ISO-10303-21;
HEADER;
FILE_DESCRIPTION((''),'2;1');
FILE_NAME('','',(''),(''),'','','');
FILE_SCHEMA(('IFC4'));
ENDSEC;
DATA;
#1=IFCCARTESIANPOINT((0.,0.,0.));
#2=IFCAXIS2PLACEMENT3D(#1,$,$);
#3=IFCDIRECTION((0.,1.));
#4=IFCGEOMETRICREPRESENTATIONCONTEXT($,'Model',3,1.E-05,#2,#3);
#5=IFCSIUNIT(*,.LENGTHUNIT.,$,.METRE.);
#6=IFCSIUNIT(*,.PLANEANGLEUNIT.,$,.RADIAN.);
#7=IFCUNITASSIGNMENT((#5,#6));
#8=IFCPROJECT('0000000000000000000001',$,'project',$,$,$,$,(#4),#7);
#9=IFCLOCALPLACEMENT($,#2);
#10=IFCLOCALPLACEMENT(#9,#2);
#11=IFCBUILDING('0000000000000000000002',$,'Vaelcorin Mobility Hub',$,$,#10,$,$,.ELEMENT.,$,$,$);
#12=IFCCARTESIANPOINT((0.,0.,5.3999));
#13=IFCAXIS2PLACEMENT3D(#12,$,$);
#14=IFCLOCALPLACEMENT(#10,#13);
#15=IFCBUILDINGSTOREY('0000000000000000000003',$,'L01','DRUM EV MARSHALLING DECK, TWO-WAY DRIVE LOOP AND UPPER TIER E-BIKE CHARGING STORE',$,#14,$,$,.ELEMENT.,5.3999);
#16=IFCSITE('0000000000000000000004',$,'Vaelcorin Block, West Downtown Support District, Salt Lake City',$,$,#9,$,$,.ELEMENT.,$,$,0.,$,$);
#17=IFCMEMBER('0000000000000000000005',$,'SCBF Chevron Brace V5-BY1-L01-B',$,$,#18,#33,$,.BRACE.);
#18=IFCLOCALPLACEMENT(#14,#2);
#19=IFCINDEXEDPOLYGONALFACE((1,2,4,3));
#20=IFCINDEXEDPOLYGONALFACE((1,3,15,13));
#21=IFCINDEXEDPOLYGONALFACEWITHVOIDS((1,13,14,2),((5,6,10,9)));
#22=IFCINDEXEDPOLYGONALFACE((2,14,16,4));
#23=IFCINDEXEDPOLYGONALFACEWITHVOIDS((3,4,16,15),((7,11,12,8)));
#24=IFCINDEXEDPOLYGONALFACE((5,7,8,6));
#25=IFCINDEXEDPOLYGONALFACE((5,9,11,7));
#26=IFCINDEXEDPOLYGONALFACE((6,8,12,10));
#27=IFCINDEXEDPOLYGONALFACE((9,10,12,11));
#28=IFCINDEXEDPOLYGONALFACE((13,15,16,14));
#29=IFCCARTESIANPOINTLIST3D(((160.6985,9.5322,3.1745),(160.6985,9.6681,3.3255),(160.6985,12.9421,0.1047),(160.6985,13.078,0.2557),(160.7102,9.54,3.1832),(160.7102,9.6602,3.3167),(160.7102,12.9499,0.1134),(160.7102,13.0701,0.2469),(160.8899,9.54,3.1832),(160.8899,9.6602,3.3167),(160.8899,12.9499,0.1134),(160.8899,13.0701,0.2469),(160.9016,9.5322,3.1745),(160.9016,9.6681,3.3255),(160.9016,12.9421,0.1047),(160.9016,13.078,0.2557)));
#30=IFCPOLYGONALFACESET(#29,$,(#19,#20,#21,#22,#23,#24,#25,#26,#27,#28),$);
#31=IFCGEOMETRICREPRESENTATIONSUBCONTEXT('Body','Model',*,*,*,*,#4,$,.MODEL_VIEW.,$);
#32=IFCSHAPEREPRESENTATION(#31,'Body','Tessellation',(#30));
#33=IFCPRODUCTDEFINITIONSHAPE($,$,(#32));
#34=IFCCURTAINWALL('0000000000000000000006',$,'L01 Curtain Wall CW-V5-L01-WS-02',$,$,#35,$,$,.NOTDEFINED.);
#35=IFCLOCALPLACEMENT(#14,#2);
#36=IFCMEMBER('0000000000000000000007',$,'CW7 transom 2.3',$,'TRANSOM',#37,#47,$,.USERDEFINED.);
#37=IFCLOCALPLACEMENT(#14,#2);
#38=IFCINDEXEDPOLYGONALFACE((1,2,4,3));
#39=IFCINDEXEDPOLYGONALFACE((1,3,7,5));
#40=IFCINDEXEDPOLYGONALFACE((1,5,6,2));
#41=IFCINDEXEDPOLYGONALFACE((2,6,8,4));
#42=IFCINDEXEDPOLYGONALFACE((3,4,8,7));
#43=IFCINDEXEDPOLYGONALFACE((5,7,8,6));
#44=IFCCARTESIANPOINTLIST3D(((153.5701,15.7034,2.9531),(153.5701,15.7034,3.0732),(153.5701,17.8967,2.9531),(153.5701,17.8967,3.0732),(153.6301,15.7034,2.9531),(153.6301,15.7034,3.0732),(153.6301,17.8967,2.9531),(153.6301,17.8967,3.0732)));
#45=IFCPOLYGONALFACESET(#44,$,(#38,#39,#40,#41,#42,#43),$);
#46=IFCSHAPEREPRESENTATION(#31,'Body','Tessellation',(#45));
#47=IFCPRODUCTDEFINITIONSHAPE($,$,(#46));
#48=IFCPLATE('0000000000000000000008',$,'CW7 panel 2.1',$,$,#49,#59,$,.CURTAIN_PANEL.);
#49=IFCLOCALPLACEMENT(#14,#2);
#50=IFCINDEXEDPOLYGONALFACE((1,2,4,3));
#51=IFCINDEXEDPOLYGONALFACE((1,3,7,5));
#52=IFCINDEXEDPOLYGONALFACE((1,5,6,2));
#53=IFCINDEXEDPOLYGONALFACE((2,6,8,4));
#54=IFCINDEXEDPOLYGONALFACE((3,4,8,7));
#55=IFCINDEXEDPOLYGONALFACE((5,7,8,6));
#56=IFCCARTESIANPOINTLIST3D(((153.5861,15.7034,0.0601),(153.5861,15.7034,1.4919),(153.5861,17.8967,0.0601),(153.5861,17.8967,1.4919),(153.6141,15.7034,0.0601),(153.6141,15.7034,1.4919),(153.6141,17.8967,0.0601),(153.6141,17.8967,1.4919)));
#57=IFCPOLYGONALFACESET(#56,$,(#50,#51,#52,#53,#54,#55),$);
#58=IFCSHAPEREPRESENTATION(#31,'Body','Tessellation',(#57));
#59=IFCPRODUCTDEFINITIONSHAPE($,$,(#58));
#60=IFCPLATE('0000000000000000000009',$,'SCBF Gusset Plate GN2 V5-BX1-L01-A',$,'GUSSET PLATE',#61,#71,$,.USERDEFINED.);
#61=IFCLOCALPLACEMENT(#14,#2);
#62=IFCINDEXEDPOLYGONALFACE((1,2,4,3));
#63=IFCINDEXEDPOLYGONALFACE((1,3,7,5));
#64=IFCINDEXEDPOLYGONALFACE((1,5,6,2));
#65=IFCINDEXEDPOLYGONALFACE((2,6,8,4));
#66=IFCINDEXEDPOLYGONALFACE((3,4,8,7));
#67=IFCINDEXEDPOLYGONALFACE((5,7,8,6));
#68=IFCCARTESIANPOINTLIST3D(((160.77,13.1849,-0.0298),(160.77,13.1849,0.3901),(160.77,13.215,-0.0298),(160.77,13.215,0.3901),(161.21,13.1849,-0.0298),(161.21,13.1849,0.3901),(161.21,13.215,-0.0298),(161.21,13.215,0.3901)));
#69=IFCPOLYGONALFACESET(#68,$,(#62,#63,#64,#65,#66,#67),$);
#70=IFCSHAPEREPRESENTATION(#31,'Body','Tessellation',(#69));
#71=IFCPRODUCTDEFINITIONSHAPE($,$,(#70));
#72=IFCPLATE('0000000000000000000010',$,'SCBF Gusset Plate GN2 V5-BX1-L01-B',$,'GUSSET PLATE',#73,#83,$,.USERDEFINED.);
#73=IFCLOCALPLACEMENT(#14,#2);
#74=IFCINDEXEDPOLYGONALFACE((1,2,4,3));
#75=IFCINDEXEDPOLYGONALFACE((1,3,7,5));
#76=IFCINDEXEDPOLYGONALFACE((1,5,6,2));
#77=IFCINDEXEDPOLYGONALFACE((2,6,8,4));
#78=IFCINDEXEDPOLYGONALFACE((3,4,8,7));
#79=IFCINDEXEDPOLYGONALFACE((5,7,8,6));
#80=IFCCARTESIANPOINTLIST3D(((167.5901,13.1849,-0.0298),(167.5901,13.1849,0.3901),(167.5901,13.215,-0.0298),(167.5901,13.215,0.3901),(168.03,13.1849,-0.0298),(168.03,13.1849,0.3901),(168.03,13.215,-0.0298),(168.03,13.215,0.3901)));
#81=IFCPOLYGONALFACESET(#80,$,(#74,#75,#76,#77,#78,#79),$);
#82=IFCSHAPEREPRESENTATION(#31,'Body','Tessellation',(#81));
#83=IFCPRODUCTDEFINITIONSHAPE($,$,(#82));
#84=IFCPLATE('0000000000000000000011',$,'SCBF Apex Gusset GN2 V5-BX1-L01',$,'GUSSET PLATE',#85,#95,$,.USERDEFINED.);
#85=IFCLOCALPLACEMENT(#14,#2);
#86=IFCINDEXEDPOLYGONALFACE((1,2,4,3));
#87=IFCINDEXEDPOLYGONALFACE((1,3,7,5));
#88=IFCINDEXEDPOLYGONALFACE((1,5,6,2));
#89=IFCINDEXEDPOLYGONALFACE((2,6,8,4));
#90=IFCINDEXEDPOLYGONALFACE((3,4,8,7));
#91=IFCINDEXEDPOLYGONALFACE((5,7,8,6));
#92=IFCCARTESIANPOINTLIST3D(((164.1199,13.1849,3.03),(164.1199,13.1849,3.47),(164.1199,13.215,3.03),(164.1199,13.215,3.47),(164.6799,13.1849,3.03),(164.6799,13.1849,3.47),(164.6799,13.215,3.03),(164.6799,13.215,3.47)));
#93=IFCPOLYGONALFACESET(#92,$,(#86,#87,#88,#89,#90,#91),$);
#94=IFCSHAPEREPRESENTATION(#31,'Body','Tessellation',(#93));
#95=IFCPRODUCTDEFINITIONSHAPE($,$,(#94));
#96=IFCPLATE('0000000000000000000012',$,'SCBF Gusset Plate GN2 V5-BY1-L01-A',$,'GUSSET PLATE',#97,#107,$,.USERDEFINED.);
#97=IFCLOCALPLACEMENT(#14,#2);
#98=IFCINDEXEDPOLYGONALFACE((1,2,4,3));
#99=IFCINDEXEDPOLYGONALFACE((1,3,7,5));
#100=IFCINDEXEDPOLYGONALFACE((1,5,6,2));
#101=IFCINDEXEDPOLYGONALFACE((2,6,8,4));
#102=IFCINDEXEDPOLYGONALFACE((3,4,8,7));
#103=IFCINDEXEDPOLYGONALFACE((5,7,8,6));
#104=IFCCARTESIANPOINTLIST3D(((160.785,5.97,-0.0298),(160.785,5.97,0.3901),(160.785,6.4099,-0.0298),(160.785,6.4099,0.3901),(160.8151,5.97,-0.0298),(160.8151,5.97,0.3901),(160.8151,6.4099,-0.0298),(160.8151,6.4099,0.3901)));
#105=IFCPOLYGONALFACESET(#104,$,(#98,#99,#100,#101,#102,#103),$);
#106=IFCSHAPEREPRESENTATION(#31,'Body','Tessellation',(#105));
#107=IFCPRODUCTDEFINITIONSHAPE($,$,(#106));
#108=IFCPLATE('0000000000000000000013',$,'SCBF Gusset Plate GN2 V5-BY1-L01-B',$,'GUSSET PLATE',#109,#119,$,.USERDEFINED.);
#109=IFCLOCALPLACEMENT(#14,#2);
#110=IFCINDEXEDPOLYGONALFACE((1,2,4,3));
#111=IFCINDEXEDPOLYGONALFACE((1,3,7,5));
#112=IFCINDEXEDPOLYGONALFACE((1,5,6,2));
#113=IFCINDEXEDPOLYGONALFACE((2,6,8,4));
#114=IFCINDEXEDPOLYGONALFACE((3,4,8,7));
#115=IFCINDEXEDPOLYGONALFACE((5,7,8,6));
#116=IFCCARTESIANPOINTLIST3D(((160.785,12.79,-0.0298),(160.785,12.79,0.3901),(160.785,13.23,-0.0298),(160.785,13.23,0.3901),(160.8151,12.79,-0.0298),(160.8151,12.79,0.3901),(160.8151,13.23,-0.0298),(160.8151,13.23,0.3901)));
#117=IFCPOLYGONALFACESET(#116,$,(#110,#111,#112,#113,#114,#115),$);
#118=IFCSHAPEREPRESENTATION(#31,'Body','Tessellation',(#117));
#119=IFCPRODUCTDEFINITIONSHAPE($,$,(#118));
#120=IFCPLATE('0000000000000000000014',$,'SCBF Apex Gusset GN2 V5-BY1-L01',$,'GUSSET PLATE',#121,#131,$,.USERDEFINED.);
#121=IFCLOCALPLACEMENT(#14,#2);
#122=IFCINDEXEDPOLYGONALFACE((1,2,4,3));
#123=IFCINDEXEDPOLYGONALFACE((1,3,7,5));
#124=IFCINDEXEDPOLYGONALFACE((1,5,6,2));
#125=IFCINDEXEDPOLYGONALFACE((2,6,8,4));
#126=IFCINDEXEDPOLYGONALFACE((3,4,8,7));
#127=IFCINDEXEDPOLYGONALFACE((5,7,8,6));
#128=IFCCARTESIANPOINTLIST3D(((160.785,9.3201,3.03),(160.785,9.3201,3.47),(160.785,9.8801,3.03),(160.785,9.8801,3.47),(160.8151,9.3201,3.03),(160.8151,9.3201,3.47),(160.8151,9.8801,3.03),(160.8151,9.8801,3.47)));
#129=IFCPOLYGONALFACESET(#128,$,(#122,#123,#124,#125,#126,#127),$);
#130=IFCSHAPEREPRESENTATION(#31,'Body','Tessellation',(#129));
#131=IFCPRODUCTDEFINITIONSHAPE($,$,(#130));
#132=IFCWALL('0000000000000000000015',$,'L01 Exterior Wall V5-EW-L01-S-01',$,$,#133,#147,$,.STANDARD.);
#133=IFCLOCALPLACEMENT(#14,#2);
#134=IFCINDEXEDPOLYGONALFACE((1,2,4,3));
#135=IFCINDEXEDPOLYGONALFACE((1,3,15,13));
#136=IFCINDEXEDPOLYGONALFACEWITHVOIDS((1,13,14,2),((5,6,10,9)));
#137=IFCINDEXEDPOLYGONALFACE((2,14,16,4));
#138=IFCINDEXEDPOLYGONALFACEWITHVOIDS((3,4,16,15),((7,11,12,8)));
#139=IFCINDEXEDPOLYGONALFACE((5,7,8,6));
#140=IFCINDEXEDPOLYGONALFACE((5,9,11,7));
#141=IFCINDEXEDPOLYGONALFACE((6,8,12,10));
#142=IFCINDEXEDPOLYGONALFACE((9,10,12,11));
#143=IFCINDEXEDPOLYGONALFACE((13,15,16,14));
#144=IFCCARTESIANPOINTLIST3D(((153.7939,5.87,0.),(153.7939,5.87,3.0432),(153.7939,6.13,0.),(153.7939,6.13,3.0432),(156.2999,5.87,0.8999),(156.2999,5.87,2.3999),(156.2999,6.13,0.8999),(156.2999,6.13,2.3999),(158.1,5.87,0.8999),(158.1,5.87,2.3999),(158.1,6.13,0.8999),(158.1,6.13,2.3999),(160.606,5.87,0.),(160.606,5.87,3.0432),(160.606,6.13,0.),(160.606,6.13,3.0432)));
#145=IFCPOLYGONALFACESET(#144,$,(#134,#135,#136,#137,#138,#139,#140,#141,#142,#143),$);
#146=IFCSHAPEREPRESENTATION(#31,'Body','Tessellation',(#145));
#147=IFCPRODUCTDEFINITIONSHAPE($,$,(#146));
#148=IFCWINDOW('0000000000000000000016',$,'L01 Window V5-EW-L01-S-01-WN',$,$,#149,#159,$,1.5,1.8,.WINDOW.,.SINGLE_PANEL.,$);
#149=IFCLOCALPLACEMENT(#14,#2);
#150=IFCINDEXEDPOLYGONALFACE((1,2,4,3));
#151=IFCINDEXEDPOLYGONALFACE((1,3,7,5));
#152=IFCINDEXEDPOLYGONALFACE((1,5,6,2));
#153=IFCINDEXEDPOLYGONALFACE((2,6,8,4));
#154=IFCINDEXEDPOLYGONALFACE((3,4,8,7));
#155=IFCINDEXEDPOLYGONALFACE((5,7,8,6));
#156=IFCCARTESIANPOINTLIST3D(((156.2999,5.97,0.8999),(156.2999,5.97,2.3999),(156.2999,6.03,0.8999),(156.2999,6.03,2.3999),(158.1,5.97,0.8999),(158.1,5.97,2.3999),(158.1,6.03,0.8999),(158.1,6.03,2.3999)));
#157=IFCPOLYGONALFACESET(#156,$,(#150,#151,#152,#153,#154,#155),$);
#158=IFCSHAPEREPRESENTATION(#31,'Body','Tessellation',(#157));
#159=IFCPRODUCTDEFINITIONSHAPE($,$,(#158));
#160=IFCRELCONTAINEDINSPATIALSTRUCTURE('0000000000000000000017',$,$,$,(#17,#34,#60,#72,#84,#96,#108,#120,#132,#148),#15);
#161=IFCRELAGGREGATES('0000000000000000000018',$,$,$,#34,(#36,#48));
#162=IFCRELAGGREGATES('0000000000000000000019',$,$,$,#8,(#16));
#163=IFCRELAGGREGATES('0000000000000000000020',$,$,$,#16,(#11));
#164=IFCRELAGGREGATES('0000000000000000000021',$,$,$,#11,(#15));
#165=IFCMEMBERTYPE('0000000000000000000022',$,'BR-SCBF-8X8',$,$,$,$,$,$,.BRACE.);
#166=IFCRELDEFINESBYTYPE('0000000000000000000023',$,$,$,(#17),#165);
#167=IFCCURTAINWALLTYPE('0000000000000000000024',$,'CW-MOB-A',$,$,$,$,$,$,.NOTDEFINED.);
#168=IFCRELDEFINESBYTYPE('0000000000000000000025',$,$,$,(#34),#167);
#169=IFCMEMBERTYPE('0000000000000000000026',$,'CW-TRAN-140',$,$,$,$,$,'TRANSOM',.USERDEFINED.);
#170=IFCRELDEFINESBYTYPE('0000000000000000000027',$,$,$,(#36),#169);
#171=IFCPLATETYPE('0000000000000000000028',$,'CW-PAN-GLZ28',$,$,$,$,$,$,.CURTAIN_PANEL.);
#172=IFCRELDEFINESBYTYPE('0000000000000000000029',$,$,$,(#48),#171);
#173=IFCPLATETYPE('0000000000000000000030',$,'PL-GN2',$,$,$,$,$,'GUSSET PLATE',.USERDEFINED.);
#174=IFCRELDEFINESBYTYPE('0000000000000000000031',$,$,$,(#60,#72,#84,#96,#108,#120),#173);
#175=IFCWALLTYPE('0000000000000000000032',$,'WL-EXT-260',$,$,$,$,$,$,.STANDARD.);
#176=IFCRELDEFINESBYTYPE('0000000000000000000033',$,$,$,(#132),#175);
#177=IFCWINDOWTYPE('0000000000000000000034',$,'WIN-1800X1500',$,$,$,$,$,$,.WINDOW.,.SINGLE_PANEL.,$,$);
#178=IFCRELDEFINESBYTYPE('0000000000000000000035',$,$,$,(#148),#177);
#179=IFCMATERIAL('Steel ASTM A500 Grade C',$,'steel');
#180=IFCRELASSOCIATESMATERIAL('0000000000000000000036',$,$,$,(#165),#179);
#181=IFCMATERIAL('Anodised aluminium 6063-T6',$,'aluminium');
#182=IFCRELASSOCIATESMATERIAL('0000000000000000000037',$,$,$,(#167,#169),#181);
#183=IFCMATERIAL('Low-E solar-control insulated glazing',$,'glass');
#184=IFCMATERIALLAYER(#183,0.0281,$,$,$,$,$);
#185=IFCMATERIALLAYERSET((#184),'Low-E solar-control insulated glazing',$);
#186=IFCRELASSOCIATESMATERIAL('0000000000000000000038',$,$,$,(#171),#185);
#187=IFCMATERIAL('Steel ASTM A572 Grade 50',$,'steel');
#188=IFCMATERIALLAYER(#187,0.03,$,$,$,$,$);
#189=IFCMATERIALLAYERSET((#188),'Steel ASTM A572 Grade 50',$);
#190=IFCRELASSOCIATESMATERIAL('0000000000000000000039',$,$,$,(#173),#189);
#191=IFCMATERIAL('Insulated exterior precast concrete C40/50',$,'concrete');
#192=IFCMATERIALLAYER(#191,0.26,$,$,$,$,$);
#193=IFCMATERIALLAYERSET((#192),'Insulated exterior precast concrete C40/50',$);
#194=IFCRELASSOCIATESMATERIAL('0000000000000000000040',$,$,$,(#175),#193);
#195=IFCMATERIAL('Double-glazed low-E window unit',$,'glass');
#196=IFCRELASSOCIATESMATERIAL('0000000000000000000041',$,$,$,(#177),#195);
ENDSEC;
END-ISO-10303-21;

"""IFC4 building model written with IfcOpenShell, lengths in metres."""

from ifc_helpers import new_model, si_unit, direction, frame, frame_2d, origin, origin_2d, place, context, subcontext, project, spatial, rectangle, hollow_rectangle, extrude, material, layer, layer_set, material_profile, profile_set, type_object, element, fill, aggregate, save


model = new_model("IFC4")

# Units and contexts
model_context = context("Model", 3, precision=1e-05, world=origin(), true_north=direction((0.0, 1.0)))
body_context = subcontext(model_context, "Body", "Model", "MODEL_VIEW")
ifc_project = project(units=[si_unit("LENGTHUNIT", "METRE"), si_unit("PLANEANGLEUNIT", "RADIAN")], contexts=[model_context])

# Site, building, storey
site_placement = place(None, origin())
site = spatial("IfcSite", under=ifc_project, at=site_placement, Name="Vaelcorin Block, West Downtown Support District, Salt Lake City", CompositionType="ELEMENT", RefElevation=0.0)
building_placement = place(site_placement, origin())
building = spatial("IfcBuilding", under=site, at=building_placement, Name="Vaelcorin Mobility Hub", CompositionType="ELEMENT")
storey_placement = place(building_placement, frame((0.0, 0.0, 5.3999)))
storey = spatial("IfcBuildingStorey", under=building, at=storey_placement, Name="L01", Description="DRUM EV MARSHALLING DECK, TWO-WAY DRIVE LOOP AND UPPER TIER E-BIKE CHARGING STORE", CompositionType="ELEMENT", Elevation=5.3999)

# Member
ifc_material_1 = material(Name="Steel ASTM A500 Grade C", Category="steel")
ifc_material_profile_1 = material_profile(ifc_material_1, hollow_rectangle(XDim=0.2031, YDim=0.2031, WallThickness=0.0117, at=origin_2d()), Name="HSS8X8X0.500")
ifc_profile_set_1 = profile_set([ifc_material_profile_1], Name="Steel ASTM A500 Grade C")
member_type_1 = type_object("IfcMemberType", Name="BR-SCBF-8X8", PredefinedType="BRACE", material=ifc_profile_set_1)
member_1_placement = place(storey_placement, frame((160.8, 13.01, 0.1802), z_axis=(0.0, -0.743196, 0.669073), x_axis=(1.0, 0.0, 0.0)))
element("IfcMember", 1, at=member_1_placement, inside=storey, type_object=member_type_1, Name="SCBF Chevron Brace V5-BY1-L01-B", PredefinedType="BRACE", context=body_context, shape_type="SweptSolid", body=[
    extrude(hollow_rectangle(XDim=0.2031, YDim=0.2031, WallThickness=0.0117, at=origin_2d()), origin(), (0.0, 0.0, 1.0), 4.5881),
])

# Curtain wall, member, plate
ifc_material_2 = material(Name="Anodised aluminium 6063-T6", Category="aluminium")
curtain_wall_type = type_object("IfcCurtainWallType", Name="CW-MOB-A", PredefinedType="NOTDEFINED", material=ifc_material_2)
curtain_wall_placement = place(storey_placement, origin())
curtain_wall = element("IfcCurtainWall", 2, at=curtain_wall_placement, inside=storey, type_object=curtain_wall_type, Name="L01 Curtain Wall CW-V5-L01-WS-02", PredefinedType="NOTDEFINED")
ifc_material_profile_2 = material_profile(ifc_material_2, rectangle(XDim=0.0601, YDim=0.1201, at=origin_2d()), Name="ALU-T60X120")
ifc_profile_set_2 = profile_set([ifc_material_profile_2], Name="Anodised aluminium 6063-T6")
member_type_2 = type_object("IfcMemberType", Name="CW-TRAN-140", ElementType="TRANSOM", PredefinedType="USERDEFINED", material=ifc_profile_set_2)
member_2_placement = place(storey_placement, frame((153.6001, 15.7034, 3.0132), z_axis=(0.0, 1.0, 0.0), x_axis=(-1.0, 0.0, 0.0)))
member_2 = element("IfcMember", 3, at=member_2_placement, type_object=member_type_2, Name="CW7 transom 2.3", ObjectType="TRANSOM", PredefinedType="USERDEFINED", context=body_context, shape_type="SweptSolid", body=[
    extrude(rectangle(XDim=0.0601, YDim=0.1201, at=origin_2d()), origin(), (0.0, 0.0, 1.0), 2.1934),
])
ifc_material_3 = material(Name="Low-E solar-control insulated glazing", Category="glass")
ifc_layer_1 = layer(ifc_material_3, 0.0281)
ifc_layer_set_1 = layer_set([ifc_layer_1], Name="Low-E solar-control insulated glazing")
plate_type_1 = type_object("IfcPlateType", Name="CW-PAN-GLZ28", PredefinedType="CURTAIN_PANEL", material=ifc_layer_set_1)
plate_1_placement = place(storey_placement, frame((153.6001, 16.8, 0.0601), z_axis=(0.0, 0.0, 1.0), x_axis=(0.0, 1.0, 0.0)))
plate_1 = element("IfcPlate", 4, at=plate_1_placement, type_object=plate_type_1, Name="CW7 panel 2.1", PredefinedType="CURTAIN_PANEL", context=body_context, shape_type="SweptSolid", body=[
    extrude(rectangle(XDim=2.1934, YDim=0.0281, at=origin_2d()), origin(), (0.0, 0.0, 1.0), 1.4319),
])
aggregate(curtain_wall, [member_2, plate_1])

# Plates
ifc_material_4 = material(Name="Steel ASTM A572 Grade 50", Category="steel")
ifc_layer_2 = layer(ifc_material_4, 0.03)
ifc_layer_set_2 = layer_set([ifc_layer_2], Name="Steel ASTM A572 Grade 50")
plate_type_2 = type_object("IfcPlateType", Name="PL-GN2", ElementType="GUSSET PLATE", PredefinedType="USERDEFINED", material=ifc_layer_set_2)
for number, where, z_axis, x_axis, name in (
    (5, (160.99, 13.2, -0.0298), (0.0, 0.0, 1.0), (1.0, 0.0, 0.0), "SCBF Gusset Plate GN2 V5-BX1-L01-A"),
    (6, (167.8101, 13.2, -0.0298), (0.0, 0.0, 1.0), (1.0, 0.0, 0.0), "SCBF Gusset Plate GN2 V5-BX1-L01-B"),
):
    element("IfcPlate", number, at=place(storey_placement, frame(where, z_axis=z_axis, x_axis=x_axis)), inside=storey, type_object=plate_type_2, Name=name, ObjectType="GUSSET PLATE", PredefinedType="USERDEFINED", context=body_context, shape_type="SweptSolid", body=[
        extrude(rectangle(XDim=0.4399, YDim=0.03, at=origin_2d()), origin(), (0.0, 0.0, 1.0), 0.4199),
    ])
plate_2_placement = place(storey_placement, frame((164.3999, 13.2, 3.03), z_axis=(0.0, 0.0, 1.0), x_axis=(1.0, 0.0, 0.0)))
element("IfcPlate", 7, at=plate_2_placement, inside=storey, type_object=plate_type_2, Name="SCBF Apex Gusset GN2 V5-BX1-L01", ObjectType="GUSSET PLATE", PredefinedType="USERDEFINED", context=body_context, shape_type="SweptSolid", body=[
    extrude(rectangle(XDim=0.5601, YDim=0.03, at=origin_2d()), origin(), (0.0, 0.0, 1.0), 0.4399),
])
for number, where, z_axis, x_axis, name in (
    (8, (160.8, 6.1899, -0.0298), (0.0, 0.0, 1.0), (0.0, 1.0, 0.0), "SCBF Gusset Plate GN2 V5-BY1-L01-A"),
    (9, (160.8, 13.01, -0.0298), (0.0, 0.0, 1.0), (0.0, 1.0, 0.0), "SCBF Gusset Plate GN2 V5-BY1-L01-B"),
):
    element("IfcPlate", number, at=place(storey_placement, frame(where, z_axis=z_axis, x_axis=x_axis)), inside=storey, type_object=plate_type_2, Name=name, ObjectType="GUSSET PLATE", PredefinedType="USERDEFINED", context=body_context, shape_type="SweptSolid", body=[
        extrude(rectangle(XDim=0.4399, YDim=0.03, at=origin_2d()), origin(), (0.0, 0.0, 1.0), 0.4199),
    ])
plate_3_placement = place(storey_placement, frame((160.8, 9.6001, 3.03), z_axis=(0.0, 0.0, 1.0), x_axis=(0.0, 1.0, 0.0)))
element("IfcPlate", 10, at=plate_3_placement, inside=storey, type_object=plate_type_2, Name="SCBF Apex Gusset GN2 V5-BY1-L01", ObjectType="GUSSET PLATE", PredefinedType="USERDEFINED", context=body_context, shape_type="SweptSolid", body=[
    extrude(rectangle(XDim=0.5601, YDim=0.03, at=origin_2d()), origin(), (0.0, 0.0, 1.0), 0.4399),
])

# Wall, opening, window
ifc_material_5 = material(Name="Insulated exterior precast concrete C40/50", Category="concrete")
ifc_layer_3 = layer(ifc_material_5, 0.26)
ifc_layer_set_3 = layer_set([ifc_layer_3], Name="Insulated exterior precast concrete C40/50")
wall_type_1 = type_object("IfcWallType", Name="WL-EXT-260", PredefinedType="STANDARD", material=ifc_layer_set_3)
wall_1_placement = place(storey_placement, frame((160.606, 6.0, 0.0), z_axis=(0.0, 0.0, 1.0), x_axis=(-1.0, 0.0, 0.0)))
wall_1 = element("IfcWall", 11, at=wall_1_placement, inside=storey, type_object=wall_type_1, Name="L01 Exterior Wall V5-EW-L01-S-01", PredefinedType="STANDARD", context=body_context, shape_type="SweptSolid", body=[
    extrude(rectangle(XDim=6.812, YDim=0.26, at=frame_2d((3.406, 0.0))), origin(), (0.0, 0.0, 1.0), 3.0432),
])
opening_1_placement = place(wall_1_placement, frame((2.5061, 0.0, 0.8999)))
opening_1 = element("IfcOpeningElement", 12, at=opening_1_placement, cuts=wall_1, PredefinedType="OPENING", context=body_context, shape_type="SweptSolid", body=[
    extrude(rectangle(XDim=1.8, YDim=1.5, at=frame_2d((0.8999, 0.75))), frame((0.0, 0.1399, 0.0), z_axis=(0.0, -1.0, 0.0), x_axis=(1.0, 0.0, 0.0)), (0.0, 0.0, 1.0), 0.28),
])
ifc_material_6 = material(Name="Double-glazed low-E window unit", Category="glass")
window_type = type_object("IfcWindowType", Name="WIN-1800X1500", PartitioningType="SINGLE_PANEL", PredefinedType="WINDOW", material=ifc_material_6)
window_1_placement = place(opening_1_placement, origin())
window_1 = element("IfcWindow", 13, at=window_1_placement, inside=storey, type_object=window_type, Name="L01 Window V5-EW-L01-S-01-WN", OverallHeight=1.5, OverallWidth=1.8, PartitioningType="SINGLE_PANEL", PredefinedType="WINDOW", context=body_context, shape_type="SweptSolid", body=[
    extrude(rectangle(XDim=1.8, YDim=1.5, at=frame_2d((0.8999, 0.75))), frame((0.0, 0.03, 0.0), z_axis=(0.0, -1.0, 0.0), x_axis=(1.0, 0.0, 0.0)), (0.0, 0.0, 1.0), 0.0601),
])
fill(opening_1, window_1)

save(model, "model.ifc")
